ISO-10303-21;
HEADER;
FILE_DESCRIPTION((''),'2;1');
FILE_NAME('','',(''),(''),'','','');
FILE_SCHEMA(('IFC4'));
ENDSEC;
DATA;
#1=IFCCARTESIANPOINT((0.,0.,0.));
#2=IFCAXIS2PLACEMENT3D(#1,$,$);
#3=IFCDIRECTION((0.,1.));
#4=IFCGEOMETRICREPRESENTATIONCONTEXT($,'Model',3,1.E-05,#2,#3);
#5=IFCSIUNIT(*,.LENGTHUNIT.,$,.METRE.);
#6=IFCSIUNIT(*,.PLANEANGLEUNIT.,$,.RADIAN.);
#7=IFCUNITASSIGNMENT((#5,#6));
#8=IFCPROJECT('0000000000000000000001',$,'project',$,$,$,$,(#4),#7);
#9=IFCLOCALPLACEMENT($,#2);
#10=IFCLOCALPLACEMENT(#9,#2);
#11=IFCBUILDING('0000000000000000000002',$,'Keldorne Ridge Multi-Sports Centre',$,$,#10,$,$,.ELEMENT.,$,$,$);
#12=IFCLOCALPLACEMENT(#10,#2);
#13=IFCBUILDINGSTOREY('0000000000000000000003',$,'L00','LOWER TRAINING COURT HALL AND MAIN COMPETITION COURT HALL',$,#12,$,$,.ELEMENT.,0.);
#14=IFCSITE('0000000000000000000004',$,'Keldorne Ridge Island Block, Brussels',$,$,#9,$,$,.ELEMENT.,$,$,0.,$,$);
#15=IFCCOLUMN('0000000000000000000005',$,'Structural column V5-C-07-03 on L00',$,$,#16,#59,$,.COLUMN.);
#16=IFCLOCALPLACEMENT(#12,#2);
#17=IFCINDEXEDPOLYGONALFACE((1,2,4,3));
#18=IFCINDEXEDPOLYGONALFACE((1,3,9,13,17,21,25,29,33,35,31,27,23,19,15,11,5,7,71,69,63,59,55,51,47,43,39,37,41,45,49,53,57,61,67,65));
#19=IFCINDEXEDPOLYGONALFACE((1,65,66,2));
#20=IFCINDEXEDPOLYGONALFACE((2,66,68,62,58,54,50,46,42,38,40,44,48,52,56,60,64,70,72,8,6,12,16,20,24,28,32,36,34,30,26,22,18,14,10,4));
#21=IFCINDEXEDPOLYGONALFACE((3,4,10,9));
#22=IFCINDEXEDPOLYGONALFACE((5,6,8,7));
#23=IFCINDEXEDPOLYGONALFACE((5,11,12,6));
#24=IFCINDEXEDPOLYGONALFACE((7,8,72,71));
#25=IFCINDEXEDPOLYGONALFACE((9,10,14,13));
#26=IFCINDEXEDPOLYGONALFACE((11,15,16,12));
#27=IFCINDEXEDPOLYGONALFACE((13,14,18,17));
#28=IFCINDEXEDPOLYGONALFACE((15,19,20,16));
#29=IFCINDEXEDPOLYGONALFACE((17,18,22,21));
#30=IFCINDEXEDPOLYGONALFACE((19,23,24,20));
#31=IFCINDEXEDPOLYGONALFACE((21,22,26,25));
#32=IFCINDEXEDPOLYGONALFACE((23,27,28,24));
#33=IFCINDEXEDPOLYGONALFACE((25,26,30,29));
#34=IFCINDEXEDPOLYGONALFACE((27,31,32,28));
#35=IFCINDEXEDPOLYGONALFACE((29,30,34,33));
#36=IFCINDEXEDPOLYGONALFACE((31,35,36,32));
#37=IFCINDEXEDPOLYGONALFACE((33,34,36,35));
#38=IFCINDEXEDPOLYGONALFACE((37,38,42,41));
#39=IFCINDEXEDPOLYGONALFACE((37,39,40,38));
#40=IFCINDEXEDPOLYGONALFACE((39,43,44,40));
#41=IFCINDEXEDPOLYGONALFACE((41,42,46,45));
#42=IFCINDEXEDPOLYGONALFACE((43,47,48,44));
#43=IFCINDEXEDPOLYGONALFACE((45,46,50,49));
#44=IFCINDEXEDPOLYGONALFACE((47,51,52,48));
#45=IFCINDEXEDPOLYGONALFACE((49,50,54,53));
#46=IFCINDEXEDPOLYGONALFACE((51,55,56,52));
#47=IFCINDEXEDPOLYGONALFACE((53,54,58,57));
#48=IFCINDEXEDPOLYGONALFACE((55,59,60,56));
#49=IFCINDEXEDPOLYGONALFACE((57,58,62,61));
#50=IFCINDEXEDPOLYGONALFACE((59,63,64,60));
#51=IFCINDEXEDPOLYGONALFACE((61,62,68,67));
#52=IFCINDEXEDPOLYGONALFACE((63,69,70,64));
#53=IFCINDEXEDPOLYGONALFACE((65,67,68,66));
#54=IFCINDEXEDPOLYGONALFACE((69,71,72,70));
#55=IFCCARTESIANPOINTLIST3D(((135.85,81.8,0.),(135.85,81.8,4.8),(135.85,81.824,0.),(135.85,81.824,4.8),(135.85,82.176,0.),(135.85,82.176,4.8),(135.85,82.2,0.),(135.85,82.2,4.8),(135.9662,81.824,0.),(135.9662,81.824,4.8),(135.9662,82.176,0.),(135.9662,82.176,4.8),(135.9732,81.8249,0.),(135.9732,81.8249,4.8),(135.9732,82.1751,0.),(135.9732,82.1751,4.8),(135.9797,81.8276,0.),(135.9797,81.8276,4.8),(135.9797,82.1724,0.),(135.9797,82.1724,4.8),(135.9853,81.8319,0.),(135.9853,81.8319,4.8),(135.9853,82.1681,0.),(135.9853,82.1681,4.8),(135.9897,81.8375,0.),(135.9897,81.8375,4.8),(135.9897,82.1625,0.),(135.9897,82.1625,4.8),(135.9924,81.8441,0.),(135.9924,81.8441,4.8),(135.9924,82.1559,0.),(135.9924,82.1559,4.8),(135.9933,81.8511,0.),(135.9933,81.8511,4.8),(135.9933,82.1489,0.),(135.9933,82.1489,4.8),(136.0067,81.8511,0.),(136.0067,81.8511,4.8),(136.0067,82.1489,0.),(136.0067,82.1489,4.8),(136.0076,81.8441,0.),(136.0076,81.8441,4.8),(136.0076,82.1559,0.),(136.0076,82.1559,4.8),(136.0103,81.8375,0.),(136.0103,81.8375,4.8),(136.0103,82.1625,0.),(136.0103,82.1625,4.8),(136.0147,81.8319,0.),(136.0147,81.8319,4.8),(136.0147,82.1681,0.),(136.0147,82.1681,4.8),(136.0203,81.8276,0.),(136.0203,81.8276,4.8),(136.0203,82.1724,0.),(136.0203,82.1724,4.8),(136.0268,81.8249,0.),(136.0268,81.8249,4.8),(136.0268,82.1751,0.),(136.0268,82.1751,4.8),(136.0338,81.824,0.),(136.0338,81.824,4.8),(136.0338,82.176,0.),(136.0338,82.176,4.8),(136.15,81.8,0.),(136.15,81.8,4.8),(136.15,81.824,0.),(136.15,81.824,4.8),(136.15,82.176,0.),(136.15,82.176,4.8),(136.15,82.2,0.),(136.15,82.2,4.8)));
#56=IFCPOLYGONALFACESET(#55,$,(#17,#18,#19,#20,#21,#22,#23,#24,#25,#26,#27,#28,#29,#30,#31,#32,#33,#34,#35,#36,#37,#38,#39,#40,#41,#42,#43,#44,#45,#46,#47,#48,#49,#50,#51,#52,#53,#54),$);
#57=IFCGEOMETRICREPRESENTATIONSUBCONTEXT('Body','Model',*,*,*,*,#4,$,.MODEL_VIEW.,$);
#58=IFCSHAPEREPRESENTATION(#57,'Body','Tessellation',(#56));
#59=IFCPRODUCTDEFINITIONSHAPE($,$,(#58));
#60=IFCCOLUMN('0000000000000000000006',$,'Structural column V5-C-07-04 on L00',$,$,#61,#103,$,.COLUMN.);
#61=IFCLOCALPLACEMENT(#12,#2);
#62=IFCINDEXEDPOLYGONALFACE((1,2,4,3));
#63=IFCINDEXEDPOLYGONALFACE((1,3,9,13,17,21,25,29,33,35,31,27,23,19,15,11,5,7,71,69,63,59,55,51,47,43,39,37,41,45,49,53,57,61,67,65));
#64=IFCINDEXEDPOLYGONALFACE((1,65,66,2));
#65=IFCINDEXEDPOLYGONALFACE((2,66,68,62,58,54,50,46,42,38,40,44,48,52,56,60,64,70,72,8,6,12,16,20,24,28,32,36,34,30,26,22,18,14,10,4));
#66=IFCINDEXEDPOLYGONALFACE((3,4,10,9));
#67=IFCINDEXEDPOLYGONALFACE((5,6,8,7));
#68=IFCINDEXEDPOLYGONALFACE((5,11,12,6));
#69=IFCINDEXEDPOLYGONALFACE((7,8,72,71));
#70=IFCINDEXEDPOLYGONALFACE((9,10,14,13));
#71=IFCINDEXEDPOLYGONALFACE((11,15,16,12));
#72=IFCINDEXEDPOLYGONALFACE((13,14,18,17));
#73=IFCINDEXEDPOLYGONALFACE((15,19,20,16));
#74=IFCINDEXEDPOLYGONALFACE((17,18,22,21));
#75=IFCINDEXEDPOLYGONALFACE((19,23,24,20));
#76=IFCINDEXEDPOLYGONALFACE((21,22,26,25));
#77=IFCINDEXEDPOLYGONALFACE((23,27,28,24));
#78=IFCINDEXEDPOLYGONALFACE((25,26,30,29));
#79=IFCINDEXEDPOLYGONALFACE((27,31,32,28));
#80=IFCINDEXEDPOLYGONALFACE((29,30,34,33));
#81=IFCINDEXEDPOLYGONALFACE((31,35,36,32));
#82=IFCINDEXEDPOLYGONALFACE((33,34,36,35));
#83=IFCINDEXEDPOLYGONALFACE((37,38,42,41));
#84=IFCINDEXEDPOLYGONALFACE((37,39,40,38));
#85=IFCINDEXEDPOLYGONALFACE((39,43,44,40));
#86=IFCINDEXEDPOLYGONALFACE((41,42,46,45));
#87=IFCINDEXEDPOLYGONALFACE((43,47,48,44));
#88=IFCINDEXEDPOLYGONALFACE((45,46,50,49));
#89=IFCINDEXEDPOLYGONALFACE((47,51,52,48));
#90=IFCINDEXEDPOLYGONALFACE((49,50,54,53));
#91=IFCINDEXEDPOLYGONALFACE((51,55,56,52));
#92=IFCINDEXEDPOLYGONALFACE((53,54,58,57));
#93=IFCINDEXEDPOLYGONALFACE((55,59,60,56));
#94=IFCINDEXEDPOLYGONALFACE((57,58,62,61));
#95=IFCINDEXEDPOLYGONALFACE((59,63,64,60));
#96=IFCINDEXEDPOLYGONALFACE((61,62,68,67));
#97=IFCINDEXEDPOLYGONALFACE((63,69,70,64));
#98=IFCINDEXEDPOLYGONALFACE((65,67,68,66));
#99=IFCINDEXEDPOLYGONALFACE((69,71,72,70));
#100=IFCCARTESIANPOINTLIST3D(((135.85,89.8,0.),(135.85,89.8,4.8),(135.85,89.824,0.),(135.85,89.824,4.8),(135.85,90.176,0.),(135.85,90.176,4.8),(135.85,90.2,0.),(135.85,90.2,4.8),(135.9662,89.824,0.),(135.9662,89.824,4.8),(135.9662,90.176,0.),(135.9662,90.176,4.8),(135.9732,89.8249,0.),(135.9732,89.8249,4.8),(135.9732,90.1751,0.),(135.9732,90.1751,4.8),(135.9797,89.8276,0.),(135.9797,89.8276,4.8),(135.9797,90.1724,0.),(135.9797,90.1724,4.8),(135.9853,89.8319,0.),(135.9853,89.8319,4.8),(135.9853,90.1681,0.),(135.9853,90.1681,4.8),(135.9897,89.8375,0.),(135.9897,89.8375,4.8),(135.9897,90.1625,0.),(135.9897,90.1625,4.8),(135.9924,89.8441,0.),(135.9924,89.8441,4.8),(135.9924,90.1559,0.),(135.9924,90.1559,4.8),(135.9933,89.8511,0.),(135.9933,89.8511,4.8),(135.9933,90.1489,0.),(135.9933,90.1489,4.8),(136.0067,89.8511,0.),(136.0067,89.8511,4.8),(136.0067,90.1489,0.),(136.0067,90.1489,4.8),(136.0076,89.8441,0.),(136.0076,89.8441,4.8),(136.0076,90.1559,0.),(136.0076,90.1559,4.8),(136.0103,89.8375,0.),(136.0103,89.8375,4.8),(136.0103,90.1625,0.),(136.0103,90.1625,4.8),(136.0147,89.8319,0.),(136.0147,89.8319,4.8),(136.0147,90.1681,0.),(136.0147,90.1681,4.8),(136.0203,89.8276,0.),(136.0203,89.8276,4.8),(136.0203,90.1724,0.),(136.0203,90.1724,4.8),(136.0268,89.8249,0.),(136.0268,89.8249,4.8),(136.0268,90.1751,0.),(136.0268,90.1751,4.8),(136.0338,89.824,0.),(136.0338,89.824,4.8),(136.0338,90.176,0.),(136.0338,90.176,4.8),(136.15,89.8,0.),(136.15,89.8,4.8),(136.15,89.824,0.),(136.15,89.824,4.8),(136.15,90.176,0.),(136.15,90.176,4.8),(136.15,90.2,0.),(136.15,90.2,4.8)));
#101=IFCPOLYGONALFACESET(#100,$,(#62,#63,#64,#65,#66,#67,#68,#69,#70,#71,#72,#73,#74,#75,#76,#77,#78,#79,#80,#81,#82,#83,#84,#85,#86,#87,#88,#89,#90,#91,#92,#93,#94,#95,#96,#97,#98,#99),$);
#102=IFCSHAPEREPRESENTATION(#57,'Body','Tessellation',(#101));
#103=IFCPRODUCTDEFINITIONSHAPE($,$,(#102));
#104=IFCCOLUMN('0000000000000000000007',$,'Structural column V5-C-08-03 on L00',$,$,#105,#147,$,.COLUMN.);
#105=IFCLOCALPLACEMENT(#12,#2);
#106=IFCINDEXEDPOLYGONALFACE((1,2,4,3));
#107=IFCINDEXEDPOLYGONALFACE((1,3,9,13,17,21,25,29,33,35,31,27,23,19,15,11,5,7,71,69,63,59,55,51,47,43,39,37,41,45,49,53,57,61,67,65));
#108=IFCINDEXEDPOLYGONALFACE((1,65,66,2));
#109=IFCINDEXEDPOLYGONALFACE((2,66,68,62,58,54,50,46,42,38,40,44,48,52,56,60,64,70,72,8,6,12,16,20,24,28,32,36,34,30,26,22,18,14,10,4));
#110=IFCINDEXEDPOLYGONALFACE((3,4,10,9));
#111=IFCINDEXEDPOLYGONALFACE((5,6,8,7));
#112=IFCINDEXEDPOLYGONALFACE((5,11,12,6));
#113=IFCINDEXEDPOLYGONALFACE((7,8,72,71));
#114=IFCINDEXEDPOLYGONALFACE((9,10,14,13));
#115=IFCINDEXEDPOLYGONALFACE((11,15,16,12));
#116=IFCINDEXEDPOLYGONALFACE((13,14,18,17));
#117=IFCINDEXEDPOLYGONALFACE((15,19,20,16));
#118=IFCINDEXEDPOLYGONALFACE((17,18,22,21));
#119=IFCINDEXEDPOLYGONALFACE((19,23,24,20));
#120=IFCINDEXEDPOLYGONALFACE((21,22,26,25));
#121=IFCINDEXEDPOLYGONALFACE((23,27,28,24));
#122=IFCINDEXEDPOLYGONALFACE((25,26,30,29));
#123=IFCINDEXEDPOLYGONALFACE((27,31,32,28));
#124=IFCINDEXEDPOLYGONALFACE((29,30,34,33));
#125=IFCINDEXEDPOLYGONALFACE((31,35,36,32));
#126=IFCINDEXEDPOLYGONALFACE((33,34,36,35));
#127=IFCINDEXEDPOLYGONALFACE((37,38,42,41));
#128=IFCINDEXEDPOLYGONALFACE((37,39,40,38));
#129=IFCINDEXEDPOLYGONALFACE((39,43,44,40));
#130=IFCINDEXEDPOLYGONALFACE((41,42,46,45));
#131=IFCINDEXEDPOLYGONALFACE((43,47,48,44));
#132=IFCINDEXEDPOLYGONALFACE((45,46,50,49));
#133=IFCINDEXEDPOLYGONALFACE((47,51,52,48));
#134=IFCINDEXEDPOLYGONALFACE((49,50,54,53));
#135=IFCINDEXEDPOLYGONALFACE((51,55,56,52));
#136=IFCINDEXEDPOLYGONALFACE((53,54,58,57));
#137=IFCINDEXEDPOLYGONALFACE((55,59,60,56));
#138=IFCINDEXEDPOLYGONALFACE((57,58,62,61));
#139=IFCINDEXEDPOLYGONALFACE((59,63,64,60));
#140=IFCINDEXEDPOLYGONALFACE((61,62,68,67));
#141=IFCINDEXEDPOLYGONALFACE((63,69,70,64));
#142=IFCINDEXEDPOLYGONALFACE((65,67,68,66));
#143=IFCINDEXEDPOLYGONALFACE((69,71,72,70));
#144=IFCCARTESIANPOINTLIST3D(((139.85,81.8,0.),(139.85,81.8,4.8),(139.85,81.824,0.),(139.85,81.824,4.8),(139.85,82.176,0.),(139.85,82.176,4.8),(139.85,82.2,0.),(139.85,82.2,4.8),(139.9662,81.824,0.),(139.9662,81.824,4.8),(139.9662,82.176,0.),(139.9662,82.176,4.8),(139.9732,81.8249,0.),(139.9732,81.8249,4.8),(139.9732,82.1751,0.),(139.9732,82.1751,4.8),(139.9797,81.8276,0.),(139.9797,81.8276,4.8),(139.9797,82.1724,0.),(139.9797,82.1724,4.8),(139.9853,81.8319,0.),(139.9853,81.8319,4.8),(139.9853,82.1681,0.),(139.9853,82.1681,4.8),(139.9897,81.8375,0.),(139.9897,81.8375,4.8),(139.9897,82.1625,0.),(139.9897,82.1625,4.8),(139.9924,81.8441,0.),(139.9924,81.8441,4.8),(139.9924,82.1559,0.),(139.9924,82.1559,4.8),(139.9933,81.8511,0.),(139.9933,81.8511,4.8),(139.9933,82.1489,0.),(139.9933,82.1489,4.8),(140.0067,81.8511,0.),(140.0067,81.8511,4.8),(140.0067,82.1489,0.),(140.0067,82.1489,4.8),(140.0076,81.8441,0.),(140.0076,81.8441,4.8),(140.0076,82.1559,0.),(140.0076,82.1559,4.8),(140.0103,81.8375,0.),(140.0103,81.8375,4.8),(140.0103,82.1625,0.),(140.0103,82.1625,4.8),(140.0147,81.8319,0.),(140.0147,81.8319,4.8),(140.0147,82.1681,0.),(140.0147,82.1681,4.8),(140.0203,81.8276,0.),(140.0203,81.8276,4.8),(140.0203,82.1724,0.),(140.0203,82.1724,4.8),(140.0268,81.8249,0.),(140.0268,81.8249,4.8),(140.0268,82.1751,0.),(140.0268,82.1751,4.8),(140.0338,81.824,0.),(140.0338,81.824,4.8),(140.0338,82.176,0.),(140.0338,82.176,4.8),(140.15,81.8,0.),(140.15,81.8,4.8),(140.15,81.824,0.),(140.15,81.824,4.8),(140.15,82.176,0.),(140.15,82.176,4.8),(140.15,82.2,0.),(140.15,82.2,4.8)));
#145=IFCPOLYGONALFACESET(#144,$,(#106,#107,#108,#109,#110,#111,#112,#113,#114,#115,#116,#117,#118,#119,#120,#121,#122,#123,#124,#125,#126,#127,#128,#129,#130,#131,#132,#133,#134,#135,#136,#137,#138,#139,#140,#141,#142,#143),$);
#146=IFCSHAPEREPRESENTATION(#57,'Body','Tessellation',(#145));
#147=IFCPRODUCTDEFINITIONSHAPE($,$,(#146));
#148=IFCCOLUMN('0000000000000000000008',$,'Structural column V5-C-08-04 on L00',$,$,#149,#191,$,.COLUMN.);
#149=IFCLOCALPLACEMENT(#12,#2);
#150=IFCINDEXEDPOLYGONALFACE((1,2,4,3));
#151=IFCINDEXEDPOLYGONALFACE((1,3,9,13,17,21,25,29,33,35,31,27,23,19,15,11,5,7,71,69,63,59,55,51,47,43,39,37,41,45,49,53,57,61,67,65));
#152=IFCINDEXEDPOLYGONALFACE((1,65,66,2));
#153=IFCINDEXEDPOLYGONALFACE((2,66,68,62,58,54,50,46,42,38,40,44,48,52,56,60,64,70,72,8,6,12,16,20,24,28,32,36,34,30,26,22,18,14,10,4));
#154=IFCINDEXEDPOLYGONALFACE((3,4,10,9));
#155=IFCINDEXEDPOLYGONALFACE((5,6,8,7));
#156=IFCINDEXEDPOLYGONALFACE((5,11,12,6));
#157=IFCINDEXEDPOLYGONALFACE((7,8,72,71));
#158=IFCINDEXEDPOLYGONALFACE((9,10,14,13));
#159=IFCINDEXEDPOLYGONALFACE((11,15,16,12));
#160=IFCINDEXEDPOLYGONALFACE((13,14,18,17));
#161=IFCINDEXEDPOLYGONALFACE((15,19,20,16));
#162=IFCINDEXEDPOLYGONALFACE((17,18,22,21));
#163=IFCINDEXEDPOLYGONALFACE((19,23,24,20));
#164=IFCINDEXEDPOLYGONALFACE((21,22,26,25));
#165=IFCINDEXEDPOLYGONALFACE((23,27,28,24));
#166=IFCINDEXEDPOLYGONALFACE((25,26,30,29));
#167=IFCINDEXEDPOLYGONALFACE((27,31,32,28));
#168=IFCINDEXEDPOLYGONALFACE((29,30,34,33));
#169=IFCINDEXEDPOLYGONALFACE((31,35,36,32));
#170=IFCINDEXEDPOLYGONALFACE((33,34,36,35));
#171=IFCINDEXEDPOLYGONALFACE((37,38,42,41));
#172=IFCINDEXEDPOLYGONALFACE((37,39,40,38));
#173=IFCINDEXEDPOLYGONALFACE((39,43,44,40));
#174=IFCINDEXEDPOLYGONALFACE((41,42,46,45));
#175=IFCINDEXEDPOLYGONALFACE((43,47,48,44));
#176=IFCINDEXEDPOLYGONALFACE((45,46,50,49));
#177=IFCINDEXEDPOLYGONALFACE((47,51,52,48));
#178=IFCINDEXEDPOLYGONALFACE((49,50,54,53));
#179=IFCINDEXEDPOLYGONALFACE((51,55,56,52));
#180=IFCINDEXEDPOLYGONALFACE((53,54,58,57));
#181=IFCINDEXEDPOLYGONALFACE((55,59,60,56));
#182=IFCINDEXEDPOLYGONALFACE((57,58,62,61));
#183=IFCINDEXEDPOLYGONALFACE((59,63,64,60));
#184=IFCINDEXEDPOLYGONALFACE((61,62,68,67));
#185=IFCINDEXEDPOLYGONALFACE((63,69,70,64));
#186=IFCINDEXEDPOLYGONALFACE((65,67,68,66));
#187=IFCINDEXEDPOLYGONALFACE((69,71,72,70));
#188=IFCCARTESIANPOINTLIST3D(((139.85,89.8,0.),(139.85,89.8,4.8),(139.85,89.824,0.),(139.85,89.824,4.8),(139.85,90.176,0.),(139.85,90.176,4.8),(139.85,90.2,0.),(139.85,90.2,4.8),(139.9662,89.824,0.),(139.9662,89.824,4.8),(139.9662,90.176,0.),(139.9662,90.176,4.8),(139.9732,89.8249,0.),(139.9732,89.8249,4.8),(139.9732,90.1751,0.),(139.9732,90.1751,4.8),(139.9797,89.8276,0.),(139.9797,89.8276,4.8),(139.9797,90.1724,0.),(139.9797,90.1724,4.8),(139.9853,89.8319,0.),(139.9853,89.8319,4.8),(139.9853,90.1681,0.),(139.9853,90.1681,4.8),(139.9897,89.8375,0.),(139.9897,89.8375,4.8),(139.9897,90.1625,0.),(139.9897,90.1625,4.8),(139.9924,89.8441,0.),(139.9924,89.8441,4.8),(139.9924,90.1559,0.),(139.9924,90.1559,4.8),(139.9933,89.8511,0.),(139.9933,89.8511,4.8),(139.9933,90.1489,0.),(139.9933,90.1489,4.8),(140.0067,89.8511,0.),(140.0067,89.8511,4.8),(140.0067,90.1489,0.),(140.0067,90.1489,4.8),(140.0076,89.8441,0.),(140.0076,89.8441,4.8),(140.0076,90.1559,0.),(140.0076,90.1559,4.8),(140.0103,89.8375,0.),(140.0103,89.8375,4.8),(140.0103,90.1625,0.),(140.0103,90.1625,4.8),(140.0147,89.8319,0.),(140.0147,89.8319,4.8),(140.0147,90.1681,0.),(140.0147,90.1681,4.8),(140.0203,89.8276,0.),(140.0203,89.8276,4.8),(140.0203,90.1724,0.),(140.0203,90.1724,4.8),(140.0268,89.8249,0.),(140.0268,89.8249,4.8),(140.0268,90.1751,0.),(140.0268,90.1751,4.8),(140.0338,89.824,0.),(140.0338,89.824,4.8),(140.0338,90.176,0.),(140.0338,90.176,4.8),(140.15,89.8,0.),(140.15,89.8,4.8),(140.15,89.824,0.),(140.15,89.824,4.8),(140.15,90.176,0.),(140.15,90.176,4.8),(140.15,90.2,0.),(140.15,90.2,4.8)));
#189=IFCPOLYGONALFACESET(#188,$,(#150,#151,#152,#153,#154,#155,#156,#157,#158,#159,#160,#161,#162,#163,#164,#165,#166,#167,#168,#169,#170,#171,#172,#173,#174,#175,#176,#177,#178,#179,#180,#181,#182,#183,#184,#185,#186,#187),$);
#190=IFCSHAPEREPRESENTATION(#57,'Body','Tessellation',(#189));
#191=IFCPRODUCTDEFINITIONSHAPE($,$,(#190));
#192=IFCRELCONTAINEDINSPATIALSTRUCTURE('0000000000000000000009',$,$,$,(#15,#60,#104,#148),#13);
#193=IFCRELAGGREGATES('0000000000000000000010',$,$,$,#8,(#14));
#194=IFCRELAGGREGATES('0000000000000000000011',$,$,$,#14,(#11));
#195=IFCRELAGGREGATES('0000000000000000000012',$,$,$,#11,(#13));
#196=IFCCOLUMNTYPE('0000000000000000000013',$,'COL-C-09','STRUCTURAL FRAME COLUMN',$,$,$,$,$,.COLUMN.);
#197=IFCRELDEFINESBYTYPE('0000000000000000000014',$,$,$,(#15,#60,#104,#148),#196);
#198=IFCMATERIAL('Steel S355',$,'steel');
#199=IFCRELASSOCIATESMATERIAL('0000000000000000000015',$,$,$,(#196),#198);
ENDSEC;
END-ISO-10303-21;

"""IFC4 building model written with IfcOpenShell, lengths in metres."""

from ifc_helpers import new_model, si_unit, direction, frame, origin, origin_2d, place, context, subcontext, project, spatial, i_section, extrude, material, material_profile, profile_set, type_object, element, save


model = new_model("IFC4")

# Units and contexts
model_context = context("Model", 3, precision=1e-05, world=origin(), true_north=direction((0.0, 1.0)))
body_context = subcontext(model_context, "Body", "Model", "MODEL_VIEW")
ifc_project = project(units=[si_unit("LENGTHUNIT", "METRE"), si_unit("PLANEANGLEUNIT", "RADIAN")], contexts=[model_context])

# Site, building, storey
site_placement = place(None, origin())
site = spatial("IfcSite", under=ifc_project, at=site_placement, Name="Keldorne Ridge Island Block, Brussels", CompositionType="ELEMENT", RefElevation=0.0)
building_placement = place(site_placement, origin())
building = spatial("IfcBuilding", under=site, at=building_placement, Name="Keldorne Ridge Multi-Sports Centre", CompositionType="ELEMENT")
storey_placement = place(building_placement, origin())
storey = spatial("IfcBuildingStorey", under=building, at=storey_placement, Name="L00", Description="LOWER TRAINING COURT HALL AND MAIN COMPETITION COURT HALL", CompositionType="ELEMENT", Elevation=0.0)

# Columns
ifc_material_1 = material(Name="Steel S355", Category="steel")
ifc_material_profile_1 = material_profile(ifc_material_1, i_section(OverallWidth=0.3, OverallDepth=0.3999, WebThickness=0.0134, FlangeThickness=0.0239, FilletRadius=0.0271, at=origin_2d()), Name="HEB 400")
ifc_profile_set_1 = profile_set([ifc_material_profile_1], Name="Steel S355")
column_type = type_object("IfcColumnType", Name="COL-C-09", Description="STRUCTURAL FRAME COLUMN", PredefinedType="COLUMN", material=ifc_profile_set_1)
for number, where, z_axis, x_axis, name in (
    (1, (136.0, 82.0, 0.0), (0.0, 0.0, 1.0), (1.0, 0.0, 0.0), "Structural column V5-C-07-03 on L00"),
    (2, (136.0, 90.0, 0.0), (0.0, 0.0, 1.0), (1.0, 0.0, 0.0), "Structural column V5-C-07-04 on L00"),
    (3, (140.0, 82.0, 0.0), (0.0, 0.0, 1.0), (1.0, 0.0, 0.0), "Structural column V5-C-08-03 on L00"),
    (4, (140.0, 90.0, 0.0), (0.0, 0.0, 1.0), (1.0, 0.0, 0.0), "Structural column V5-C-08-04 on L00"),
):
    element("IfcColumn", number, at=place(storey_placement, frame(where, z_axis=z_axis, x_axis=x_axis)), inside=storey, type_object=column_type, Name=name, PredefinedType="COLUMN", context=body_context, shape_type="SweptSolid", body=[
        extrude(i_section(OverallWidth=0.3, OverallDepth=0.3999, WebThickness=0.0134, FlangeThickness=0.0239, FilletRadius=0.0271, at=origin_2d()), origin(), (0.0, 0.0, 1.0), 4.8),
    ])

save(model, "model.ifc")
